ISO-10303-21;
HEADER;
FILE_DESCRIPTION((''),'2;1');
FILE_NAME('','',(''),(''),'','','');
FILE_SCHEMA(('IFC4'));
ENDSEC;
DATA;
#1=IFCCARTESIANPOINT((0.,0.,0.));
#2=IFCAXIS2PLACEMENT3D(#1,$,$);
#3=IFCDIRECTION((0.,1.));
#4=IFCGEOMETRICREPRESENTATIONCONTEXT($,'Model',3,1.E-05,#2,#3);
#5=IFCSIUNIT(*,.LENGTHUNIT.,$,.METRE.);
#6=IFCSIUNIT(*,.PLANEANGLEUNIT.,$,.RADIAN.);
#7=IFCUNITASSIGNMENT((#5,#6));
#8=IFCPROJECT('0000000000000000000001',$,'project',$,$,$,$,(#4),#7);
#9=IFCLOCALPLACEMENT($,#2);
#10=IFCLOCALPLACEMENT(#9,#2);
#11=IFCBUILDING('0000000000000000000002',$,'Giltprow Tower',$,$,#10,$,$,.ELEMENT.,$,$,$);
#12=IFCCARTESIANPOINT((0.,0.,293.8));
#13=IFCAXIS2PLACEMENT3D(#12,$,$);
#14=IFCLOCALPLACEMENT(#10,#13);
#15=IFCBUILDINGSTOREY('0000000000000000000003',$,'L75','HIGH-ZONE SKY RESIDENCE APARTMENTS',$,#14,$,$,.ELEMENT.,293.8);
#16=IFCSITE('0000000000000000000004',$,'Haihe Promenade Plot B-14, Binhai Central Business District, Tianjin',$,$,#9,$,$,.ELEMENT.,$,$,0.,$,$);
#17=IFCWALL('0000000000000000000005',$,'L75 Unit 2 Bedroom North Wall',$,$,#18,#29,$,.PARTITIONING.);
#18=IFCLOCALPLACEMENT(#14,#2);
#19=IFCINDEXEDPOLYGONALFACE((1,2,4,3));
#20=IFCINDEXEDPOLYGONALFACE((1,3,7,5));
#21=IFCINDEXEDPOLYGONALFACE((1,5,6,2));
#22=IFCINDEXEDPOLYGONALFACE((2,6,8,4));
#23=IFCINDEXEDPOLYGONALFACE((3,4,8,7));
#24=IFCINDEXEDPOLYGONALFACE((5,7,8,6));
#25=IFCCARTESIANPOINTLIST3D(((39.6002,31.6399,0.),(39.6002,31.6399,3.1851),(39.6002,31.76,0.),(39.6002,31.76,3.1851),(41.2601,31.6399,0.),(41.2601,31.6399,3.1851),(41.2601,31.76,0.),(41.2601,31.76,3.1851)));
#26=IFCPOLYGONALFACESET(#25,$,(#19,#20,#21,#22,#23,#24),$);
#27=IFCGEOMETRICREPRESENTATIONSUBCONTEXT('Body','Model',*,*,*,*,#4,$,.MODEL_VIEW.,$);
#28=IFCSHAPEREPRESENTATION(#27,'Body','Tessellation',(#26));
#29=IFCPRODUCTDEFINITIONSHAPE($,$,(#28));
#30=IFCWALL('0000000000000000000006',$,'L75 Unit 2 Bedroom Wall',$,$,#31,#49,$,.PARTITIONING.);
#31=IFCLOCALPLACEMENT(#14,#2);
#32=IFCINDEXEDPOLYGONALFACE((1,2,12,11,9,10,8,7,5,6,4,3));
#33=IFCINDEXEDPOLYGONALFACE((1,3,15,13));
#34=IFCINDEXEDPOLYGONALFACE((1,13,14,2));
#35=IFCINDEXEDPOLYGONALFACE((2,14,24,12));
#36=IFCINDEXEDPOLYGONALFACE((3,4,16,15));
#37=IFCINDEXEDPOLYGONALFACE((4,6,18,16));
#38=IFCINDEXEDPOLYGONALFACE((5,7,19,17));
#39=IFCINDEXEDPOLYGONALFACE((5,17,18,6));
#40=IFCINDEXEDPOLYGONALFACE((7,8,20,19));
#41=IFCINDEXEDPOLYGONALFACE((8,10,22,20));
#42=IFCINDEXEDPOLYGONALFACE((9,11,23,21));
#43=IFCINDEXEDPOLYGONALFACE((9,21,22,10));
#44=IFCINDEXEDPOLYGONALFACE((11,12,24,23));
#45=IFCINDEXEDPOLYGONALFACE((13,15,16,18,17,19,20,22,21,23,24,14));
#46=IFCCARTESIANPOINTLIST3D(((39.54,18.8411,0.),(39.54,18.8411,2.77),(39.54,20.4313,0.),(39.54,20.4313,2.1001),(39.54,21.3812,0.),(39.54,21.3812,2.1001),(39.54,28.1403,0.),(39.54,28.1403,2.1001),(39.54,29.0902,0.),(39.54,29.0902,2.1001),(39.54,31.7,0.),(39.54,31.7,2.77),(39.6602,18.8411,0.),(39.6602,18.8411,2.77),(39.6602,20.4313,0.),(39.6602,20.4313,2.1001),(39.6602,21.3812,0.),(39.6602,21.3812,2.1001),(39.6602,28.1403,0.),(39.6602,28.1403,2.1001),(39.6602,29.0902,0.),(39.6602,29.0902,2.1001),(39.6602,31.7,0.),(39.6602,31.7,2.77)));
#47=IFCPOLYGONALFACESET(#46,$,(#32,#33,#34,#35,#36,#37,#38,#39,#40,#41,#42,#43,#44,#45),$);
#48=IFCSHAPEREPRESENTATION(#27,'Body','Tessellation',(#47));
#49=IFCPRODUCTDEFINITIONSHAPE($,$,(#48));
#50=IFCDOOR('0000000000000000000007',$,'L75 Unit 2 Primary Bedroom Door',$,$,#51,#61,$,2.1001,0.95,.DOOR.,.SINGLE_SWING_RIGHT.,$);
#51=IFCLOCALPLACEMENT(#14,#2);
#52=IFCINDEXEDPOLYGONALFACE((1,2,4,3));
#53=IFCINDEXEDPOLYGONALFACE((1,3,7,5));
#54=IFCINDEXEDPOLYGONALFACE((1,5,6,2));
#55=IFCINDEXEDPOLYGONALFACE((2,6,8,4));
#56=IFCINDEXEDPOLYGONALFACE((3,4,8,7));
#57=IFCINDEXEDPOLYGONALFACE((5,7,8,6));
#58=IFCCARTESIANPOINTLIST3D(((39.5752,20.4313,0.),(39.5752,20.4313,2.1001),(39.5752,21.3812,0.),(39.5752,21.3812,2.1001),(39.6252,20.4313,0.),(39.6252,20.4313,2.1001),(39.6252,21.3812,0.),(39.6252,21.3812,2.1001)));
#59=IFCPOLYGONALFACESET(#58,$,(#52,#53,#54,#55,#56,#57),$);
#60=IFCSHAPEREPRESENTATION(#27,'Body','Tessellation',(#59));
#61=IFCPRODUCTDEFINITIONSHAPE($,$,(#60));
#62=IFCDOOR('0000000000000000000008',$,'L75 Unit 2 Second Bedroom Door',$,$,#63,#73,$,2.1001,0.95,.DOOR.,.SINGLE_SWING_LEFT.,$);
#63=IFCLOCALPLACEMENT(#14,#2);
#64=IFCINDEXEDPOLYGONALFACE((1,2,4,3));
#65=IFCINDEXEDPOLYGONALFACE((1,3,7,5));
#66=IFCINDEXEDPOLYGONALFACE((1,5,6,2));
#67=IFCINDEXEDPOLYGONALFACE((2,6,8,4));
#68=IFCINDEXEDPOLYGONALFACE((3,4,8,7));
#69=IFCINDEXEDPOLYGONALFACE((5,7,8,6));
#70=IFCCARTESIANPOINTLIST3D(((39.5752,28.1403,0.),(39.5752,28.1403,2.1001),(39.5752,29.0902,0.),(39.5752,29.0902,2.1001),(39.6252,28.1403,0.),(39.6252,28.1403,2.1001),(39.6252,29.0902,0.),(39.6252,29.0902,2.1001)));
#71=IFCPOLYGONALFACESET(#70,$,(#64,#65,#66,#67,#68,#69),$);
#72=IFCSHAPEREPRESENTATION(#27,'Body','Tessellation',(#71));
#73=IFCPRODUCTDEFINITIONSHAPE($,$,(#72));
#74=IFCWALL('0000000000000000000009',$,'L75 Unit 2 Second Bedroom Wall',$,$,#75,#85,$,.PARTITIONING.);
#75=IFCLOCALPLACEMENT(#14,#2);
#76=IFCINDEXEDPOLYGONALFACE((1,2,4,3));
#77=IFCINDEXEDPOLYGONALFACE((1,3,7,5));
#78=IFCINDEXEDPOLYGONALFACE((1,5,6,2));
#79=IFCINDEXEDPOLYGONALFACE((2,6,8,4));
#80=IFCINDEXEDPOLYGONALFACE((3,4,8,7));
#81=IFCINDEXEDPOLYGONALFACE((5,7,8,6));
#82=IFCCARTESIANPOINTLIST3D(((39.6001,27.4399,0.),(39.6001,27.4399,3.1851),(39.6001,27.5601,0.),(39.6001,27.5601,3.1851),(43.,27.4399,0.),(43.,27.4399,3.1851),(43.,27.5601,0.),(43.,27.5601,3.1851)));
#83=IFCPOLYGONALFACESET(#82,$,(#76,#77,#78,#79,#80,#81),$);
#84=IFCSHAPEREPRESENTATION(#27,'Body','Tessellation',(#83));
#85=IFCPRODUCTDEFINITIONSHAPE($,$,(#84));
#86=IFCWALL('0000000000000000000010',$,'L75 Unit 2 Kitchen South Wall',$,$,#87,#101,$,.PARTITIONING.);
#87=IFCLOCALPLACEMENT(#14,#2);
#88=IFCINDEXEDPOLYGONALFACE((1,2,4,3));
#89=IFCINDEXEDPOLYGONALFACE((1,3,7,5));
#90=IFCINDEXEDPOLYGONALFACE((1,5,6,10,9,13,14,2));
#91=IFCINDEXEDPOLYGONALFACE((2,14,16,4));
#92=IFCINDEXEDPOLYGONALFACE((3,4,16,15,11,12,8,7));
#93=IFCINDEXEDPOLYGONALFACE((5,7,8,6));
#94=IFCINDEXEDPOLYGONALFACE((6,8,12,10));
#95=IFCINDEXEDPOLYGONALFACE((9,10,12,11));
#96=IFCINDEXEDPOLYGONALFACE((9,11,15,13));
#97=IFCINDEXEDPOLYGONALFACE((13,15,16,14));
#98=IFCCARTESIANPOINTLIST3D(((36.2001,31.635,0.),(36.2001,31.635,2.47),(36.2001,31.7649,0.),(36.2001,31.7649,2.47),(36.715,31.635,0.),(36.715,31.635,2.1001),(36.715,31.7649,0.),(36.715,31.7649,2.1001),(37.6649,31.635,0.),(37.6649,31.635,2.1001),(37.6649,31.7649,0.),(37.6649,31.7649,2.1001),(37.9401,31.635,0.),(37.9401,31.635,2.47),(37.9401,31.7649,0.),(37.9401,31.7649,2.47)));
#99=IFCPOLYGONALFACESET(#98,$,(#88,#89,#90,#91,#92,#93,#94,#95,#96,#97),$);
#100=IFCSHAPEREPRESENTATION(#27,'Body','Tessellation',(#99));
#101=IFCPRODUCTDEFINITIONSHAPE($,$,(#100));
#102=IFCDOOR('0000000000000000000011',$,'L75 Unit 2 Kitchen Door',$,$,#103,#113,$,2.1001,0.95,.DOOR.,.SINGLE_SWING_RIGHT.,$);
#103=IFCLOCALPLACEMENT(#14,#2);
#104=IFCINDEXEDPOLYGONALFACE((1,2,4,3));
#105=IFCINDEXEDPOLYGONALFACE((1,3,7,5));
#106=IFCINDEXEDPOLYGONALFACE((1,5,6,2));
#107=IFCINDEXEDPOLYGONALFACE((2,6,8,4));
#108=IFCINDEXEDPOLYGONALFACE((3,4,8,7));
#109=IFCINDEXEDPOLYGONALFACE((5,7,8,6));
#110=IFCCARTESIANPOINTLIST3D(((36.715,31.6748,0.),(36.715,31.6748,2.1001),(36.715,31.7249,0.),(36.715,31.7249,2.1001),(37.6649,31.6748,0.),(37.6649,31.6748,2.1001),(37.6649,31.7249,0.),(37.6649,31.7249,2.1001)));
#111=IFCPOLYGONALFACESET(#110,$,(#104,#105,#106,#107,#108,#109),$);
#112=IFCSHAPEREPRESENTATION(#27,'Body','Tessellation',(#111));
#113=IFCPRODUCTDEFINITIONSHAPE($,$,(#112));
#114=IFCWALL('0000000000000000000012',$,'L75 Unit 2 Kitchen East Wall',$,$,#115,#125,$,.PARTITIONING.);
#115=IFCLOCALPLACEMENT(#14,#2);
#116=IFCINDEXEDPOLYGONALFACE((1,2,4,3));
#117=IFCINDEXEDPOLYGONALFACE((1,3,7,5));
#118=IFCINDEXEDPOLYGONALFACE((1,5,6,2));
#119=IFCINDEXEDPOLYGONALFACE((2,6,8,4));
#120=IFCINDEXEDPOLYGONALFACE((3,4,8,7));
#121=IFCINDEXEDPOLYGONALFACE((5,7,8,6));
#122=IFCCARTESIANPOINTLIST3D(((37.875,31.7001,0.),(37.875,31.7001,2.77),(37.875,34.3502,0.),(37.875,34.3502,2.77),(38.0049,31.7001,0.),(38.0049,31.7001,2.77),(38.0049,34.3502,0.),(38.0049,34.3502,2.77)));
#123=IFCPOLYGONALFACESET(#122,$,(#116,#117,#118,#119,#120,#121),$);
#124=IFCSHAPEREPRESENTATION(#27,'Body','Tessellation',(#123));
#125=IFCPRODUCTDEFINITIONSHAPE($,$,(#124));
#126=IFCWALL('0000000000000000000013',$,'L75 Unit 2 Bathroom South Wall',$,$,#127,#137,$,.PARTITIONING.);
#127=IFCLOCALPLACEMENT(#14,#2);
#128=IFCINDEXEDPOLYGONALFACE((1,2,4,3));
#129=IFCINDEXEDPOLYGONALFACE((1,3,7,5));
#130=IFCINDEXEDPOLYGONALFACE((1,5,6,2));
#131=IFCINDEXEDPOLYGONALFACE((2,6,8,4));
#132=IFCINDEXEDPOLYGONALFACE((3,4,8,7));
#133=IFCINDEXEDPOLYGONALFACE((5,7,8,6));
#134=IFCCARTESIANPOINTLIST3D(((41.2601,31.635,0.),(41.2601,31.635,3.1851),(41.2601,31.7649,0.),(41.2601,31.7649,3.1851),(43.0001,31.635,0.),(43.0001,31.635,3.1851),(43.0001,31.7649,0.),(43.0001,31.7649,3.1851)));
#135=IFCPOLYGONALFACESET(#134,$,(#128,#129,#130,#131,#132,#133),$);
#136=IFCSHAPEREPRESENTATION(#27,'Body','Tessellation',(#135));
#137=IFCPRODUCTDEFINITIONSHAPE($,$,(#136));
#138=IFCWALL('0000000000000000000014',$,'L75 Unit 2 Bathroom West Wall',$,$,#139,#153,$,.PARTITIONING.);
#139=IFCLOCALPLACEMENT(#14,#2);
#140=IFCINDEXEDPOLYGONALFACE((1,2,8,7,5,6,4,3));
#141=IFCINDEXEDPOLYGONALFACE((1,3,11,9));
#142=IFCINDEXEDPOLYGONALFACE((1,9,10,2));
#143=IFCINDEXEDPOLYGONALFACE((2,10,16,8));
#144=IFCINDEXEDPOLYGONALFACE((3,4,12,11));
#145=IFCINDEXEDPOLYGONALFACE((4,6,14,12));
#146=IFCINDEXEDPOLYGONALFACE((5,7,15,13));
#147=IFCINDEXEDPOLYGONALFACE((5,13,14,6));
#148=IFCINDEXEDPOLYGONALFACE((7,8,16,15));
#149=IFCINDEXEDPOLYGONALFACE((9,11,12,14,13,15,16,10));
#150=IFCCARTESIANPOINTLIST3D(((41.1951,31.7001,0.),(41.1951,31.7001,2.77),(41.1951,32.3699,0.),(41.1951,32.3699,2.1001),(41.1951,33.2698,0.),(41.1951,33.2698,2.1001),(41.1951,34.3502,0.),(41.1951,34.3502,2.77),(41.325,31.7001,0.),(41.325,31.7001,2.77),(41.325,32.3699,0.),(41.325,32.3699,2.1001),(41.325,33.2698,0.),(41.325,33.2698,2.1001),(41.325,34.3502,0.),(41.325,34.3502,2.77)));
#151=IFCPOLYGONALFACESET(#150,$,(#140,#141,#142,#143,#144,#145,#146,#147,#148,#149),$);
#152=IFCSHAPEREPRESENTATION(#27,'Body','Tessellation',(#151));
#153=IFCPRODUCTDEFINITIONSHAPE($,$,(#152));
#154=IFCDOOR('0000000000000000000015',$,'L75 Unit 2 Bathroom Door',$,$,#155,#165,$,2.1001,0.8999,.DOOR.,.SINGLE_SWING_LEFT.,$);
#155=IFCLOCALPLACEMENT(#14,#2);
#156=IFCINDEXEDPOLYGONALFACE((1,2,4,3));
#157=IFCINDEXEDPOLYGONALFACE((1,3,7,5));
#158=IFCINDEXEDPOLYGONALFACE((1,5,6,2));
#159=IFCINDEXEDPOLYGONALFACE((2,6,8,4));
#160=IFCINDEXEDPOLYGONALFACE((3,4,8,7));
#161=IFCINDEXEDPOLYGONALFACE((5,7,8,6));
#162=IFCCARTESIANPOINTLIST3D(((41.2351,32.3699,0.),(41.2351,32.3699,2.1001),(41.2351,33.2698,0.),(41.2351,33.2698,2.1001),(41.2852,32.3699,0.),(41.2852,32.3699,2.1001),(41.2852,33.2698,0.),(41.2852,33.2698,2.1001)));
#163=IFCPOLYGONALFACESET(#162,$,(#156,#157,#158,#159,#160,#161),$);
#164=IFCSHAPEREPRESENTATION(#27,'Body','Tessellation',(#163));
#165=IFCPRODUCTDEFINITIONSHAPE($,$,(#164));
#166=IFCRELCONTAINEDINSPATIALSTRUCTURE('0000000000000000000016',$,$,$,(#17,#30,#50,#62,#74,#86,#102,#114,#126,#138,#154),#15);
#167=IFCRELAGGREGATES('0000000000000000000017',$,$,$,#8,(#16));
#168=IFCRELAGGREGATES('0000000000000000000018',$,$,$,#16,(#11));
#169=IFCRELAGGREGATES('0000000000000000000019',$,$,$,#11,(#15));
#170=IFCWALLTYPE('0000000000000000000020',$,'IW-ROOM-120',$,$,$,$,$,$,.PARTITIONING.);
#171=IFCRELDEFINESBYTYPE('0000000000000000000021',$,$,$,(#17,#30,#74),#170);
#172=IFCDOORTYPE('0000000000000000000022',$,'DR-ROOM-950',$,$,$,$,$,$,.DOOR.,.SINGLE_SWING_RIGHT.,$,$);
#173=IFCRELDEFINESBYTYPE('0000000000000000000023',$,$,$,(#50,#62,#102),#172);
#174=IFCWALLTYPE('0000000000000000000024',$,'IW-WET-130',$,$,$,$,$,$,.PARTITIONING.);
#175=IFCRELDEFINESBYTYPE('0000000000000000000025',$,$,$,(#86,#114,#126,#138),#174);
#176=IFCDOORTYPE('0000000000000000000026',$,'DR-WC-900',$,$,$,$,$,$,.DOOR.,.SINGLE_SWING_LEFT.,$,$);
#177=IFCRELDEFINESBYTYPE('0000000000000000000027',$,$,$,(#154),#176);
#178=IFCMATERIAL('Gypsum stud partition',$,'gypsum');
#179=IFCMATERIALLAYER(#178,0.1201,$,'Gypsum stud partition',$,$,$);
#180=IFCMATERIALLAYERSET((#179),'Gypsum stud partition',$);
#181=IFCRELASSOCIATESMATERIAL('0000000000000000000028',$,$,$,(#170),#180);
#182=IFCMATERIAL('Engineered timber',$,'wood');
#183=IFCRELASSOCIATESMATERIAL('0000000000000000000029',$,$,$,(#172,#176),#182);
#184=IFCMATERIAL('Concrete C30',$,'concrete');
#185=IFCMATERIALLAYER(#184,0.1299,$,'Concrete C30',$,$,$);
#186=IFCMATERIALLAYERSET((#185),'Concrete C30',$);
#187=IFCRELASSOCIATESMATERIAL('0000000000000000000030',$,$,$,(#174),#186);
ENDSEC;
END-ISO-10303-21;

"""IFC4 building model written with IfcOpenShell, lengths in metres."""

from ifc_helpers import new_model, si_unit, direction, frame, frame_2d, origin, place, context, subcontext, project, spatial, rectangle, extrude, source, transform, mapped, material, layer, layer_set, type_object, element, fill, save


model = new_model("IFC4")

# Units and contexts
model_context = context("Model", 3, precision=1e-05, world=origin(), true_north=direction((0.0, 1.0)))
body_context = subcontext(model_context, "Body", "Model", "MODEL_VIEW")
ifc_project = project(units=[si_unit("LENGTHUNIT", "METRE"), si_unit("PLANEANGLEUNIT", "RADIAN")], contexts=[model_context])

# Site, building, storey
site_placement = place(None, origin())
site = spatial("IfcSite", under=ifc_project, at=site_placement, Name="Haihe Promenade Plot B-14, Binhai Central Business District, Tianjin", CompositionType="ELEMENT", RefElevation=0.0)
building_placement = place(site_placement, origin())
building = spatial("IfcBuilding", under=site, at=building_placement, Name="Giltprow Tower", CompositionType="ELEMENT")
storey_placement = place(building_placement, frame((0.0, 0.0, 293.8)))
storey = spatial("IfcBuildingStorey", under=building, at=storey_placement, Name="L75", Description="HIGH-ZONE SKY RESIDENCE APARTMENTS", CompositionType="ELEMENT", Elevation=293.8)

# Wall
ifc_material_1 = material(Name="Gypsum stud partition", Category="gypsum")
ifc_layer_1 = layer(ifc_material_1, 0.1201, Name="Gypsum stud partition")
ifc_layer_set_1 = layer_set([ifc_layer_1], Name="Gypsum stud partition")
wall_type_1 = type_object("IfcWallType", Name="IW-ROOM-120", PredefinedType="PARTITIONING", material=ifc_layer_set_1)
wall_1_placement = place(storey_placement, frame((39.6001, 31.7, 0.0), z_axis=(0.0, 0.0, 1.0), x_axis=(1.0, 0.0, 0.0)))
element("IfcWall", 1, at=wall_1_placement, inside=storey, type_object=wall_type_1, Name="L75 Unit 2 Bedroom North Wall", PredefinedType="PARTITIONING", context=body_context, shape_type="SweptSolid", body=[
    extrude(rectangle(XDim=1.6599, YDim=0.1201, at=frame_2d((0.8301, 0.0))), origin(), (0.0, 0.0, 1.0), 3.1851),
])

# Wall, openings, doors
wall_2_placement = place(storey_placement, frame((39.6001, 18.8411, 0.0), z_axis=(0.0, 0.0, 1.0), x_axis=(0.0, 1.0, 0.0)))
wall_2 = element("IfcWall", 2, at=wall_2_placement, inside=storey, type_object=wall_type_1, Name="L75 Unit 2 Bedroom Wall", PredefinedType="PARTITIONING", context=body_context, shape_type="SweptSolid", body=[
    extrude(rectangle(XDim=12.8589, YDim=0.1201, at=frame_2d((6.4294, 0.0))), origin(), (0.0, 0.0, 1.0), 2.77),
])
opening_1_placement = place(wall_2_placement, frame((1.5901, 0.0, 0.0)))
opening_1 = element("IfcOpeningElement", 3, at=opening_1_placement, cuts=wall_2, PredefinedType="OPENING", context=body_context, shape_type="SweptSolid", body=[
    extrude(rectangle(XDim=0.95, YDim=2.1001, at=frame_2d((0.4751, 1.05))), frame((0.0, 0.0701, 0.0), z_axis=(0.0, -1.0, 0.0), x_axis=(1.0, 0.0, 0.0)), (0.0, 0.0, 1.0), 0.1401),
])
opening_2_placement = place(wall_2_placement, frame((9.2991, 0.0, 0.0)))
opening_2 = element("IfcOpeningElement", 4, at=opening_2_placement, cuts=wall_2, PredefinedType="OPENING", context=body_context, shape_type="SweptSolid", body=[
    extrude(rectangle(XDim=0.95, YDim=2.1001, at=frame_2d((0.4751, 1.05))), frame((0.0, 0.0701, 0.0), z_axis=(0.0, -1.0, 0.0), x_axis=(1.0, 0.0, 0.0)), (0.0, 0.0, 1.0), 0.1401),
])
ifc_material_2 = material(Name="Engineered timber", Category="wood")
door_type_1 = type_object("IfcDoorType", Name="DR-ROOM-950", OperationType="SINGLE_SWING_RIGHT", PredefinedType="DOOR", material=ifc_material_2)
shared_shape_1 = source(origin(), body_context, "Body", "SweptSolid", [
    extrude(rectangle(XDim=0.95, YDim=2.1001, at=frame_2d((0.4751, 1.05))), frame((0.0, 0.0249, 0.0), z_axis=(0.0, -1.0, 0.0), x_axis=(1.0, 0.0, 0.0)), (0.0, 0.0, 1.0), 0.05),
])
door_1_placement = place(opening_1_placement, origin())
door_1 = element("IfcDoor", 5, at=door_1_placement, inside=storey, type_object=door_type_1, Name="L75 Unit 2 Primary Bedroom Door", OperationType="SINGLE_SWING_RIGHT", OverallHeight=2.1001, OverallWidth=0.95, PredefinedType="DOOR", context=body_context, shape_type="MappedRepresentation", body=[
    mapped(shared_shape_1, transform((0.0, 0.0, 0.0), x_axis=(1.0, 0.0, 0.0), y_axis=(0.0, 1.0, 0.0), z_axis=(0.0, 0.0, 1.0), scale=1.0)),
])
fill(opening_1, door_1)
door_2_placement = place(opening_2_placement, origin())
door_2 = element("IfcDoor", 6, at=door_2_placement, inside=storey, type_object=door_type_1, Name="L75 Unit 2 Second Bedroom Door", OperationType="SINGLE_SWING_LEFT", OverallHeight=2.1001, OverallWidth=0.95, PredefinedType="DOOR", context=body_context, shape_type="MappedRepresentation", body=[
    mapped(shared_shape_1, transform((0.0, 0.0, 0.0), x_axis=(1.0, 0.0, 0.0), y_axis=(0.0, 1.0, 0.0), z_axis=(0.0, 0.0, 1.0), scale=1.0)),
])
fill(opening_2, door_2)

# Wall
wall_3_placement = place(storey_placement, frame((39.6001, 27.5, 0.0), z_axis=(0.0, 0.0, 1.0), x_axis=(1.0, 0.0, 0.0)))
element("IfcWall", 7, at=wall_3_placement, inside=storey, type_object=wall_type_1, Name="L75 Unit 2 Second Bedroom Wall", PredefinedType="PARTITIONING", context=body_context, shape_type="SweptSolid", body=[
    extrude(rectangle(XDim=3.3999, YDim=0.1201, at=frame_2d((1.7, 0.0))), origin(), (0.0, 0.0, 1.0), 3.1851),
])

# Wall, opening, door
ifc_material_3 = material(Name="Concrete C30", Category="concrete")
ifc_layer_2 = layer(ifc_material_3, 0.1299, Name="Concrete C30")
ifc_layer_set_2 = layer_set([ifc_layer_2], Name="Concrete C30")
wall_type_2 = type_object("IfcWallType", Name="IW-WET-130", PredefinedType="PARTITIONING", material=ifc_layer_set_2)
wall_4_placement = place(storey_placement, frame((36.2, 31.7, 0.0), z_axis=(0.0, 0.0, 1.0), x_axis=(1.0, 0.0, 0.0)))
wall_4 = element("IfcWall", 8, at=wall_4_placement, inside=storey, type_object=wall_type_2, Name="L75 Unit 2 Kitchen South Wall", PredefinedType="PARTITIONING", context=body_context, shape_type="SweptSolid", body=[
    extrude(rectangle(XDim=1.74, YDim=0.1299, at=frame_2d((0.8701, 0.0))), origin(), (0.0, 0.0, 1.0), 2.47),
])
opening_3_placement = place(wall_4_placement, frame((0.5149, 0.0, 0.0)))
opening_3 = element("IfcOpeningElement", 9, at=opening_3_placement, cuts=wall_4, PredefinedType="OPENING", context=body_context, shape_type="SweptSolid", body=[
    extrude(rectangle(XDim=0.95, YDim=2.1001, at=frame_2d((0.4751, 1.05))), frame((0.0, 0.075, 0.0), z_axis=(0.0, -1.0, 0.0), x_axis=(1.0, 0.0, 0.0)), (0.0, 0.0, 1.0), 0.1499),
])
door_3_placement = place(opening_3_placement, origin())
door_3 = element("IfcDoor", 10, at=door_3_placement, inside=storey, type_object=door_type_1, Name="L75 Unit 2 Kitchen Door", OperationType="SINGLE_SWING_RIGHT", OverallHeight=2.1001, OverallWidth=0.95, PredefinedType="DOOR", context=body_context, shape_type="MappedRepresentation", body=[
    mapped(shared_shape_1, transform((0.0, 0.0, 0.0), x_axis=(1.0, 0.0, 0.0), y_axis=(0.0, 1.0, 0.0), z_axis=(0.0, 0.0, 1.0), scale=1.0)),
])
fill(opening_3, door_3)

# Walls
wall_5_placement = place(storey_placement, frame((37.9399, 31.7, 0.0), z_axis=(0.0, 0.0, 1.0), x_axis=(0.0, 1.0, 0.0)))
element("IfcWall", 11, at=wall_5_placement, inside=storey, type_object=wall_type_2, Name="L75 Unit 2 Kitchen East Wall", PredefinedType="PARTITIONING", context=body_context, shape_type="SweptSolid", body=[
    extrude(rectangle(XDim=2.6501, YDim=0.1299, at=frame_2d((1.3252, 0.0))), origin(), (0.0, 0.0, 1.0), 2.77),
])
wall_6_placement = place(storey_placement, frame((41.26, 31.7, 0.0), z_axis=(0.0, 0.0, 1.0), x_axis=(1.0, 0.0, 0.0)))
element("IfcWall", 12, at=wall_6_placement, inside=storey, type_object=wall_type_2, Name="L75 Unit 2 Bathroom South Wall", PredefinedType="PARTITIONING", context=body_context, shape_type="SweptSolid", body=[
    extrude(rectangle(XDim=1.74, YDim=0.1299, at=frame_2d((0.8701, 0.0))), origin(), (0.0, 0.0, 1.0), 3.1851),
])

# Wall, opening, door
wall_7_placement = place(storey_placement, frame((41.26, 31.7, 0.0), z_axis=(0.0, 0.0, 1.0), x_axis=(0.0, 1.0, 0.0)))
wall_7 = element("IfcWall", 13, at=wall_7_placement, inside=storey, type_object=wall_type_2, Name="L75 Unit 2 Bathroom West Wall", PredefinedType="PARTITIONING", context=body_context, shape_type="SweptSolid", body=[
    extrude(rectangle(XDim=2.6501, YDim=0.1299, at=frame_2d((1.3252, 0.0))), origin(), (0.0, 0.0, 1.0), 2.77),
])
opening_4_placement = place(wall_7_placement, frame((0.6699, 0.0, 0.0)))
opening_4 = element("IfcOpeningElement", 14, at=opening_4_placement, cuts=wall_7, PredefinedType="OPENING", context=body_context, shape_type="SweptSolid", body=[
    extrude(rectangle(XDim=0.8999, YDim=2.1001, at=frame_2d((0.45, 1.05))), frame((0.0, 0.075, 0.0), z_axis=(0.0, -1.0, 0.0), x_axis=(1.0, 0.0, 0.0)), (0.0, 0.0, 1.0), 0.1499),
])
door_type_2 = type_object("IfcDoorType", Name="DR-WC-900", OperationType="SINGLE_SWING_LEFT", PredefinedType="DOOR", material=ifc_material_2)
shared_shape_2 = source(origin(), body_context, "Body", "SweptSolid", [
    extrude(rectangle(XDim=0.8999, YDim=2.1001, at=frame_2d((0.45, 1.05))), frame((0.0, 0.0249, 0.0), z_axis=(0.0, -1.0, 0.0), x_axis=(1.0, 0.0, 0.0)), (0.0, 0.0, 1.0), 0.05),
])
door_4_placement = place(opening_4_placement, origin())
door_4 = element("IfcDoor", 15, at=door_4_placement, inside=storey, type_object=door_type_2, Name="L75 Unit 2 Bathroom Door", OperationType="SINGLE_SWING_LEFT", OverallHeight=2.1001, OverallWidth=0.8999, PredefinedType="DOOR", context=body_context, shape_type="MappedRepresentation", body=[
    mapped(shared_shape_2, transform((0.0, 0.0, 0.0), x_axis=(1.0, 0.0, 0.0), y_axis=(0.0, 1.0, 0.0), z_axis=(0.0, 0.0, 1.0), scale=1.0)),
])
fill(opening_4, door_4)

save(model, "model.ifc")
